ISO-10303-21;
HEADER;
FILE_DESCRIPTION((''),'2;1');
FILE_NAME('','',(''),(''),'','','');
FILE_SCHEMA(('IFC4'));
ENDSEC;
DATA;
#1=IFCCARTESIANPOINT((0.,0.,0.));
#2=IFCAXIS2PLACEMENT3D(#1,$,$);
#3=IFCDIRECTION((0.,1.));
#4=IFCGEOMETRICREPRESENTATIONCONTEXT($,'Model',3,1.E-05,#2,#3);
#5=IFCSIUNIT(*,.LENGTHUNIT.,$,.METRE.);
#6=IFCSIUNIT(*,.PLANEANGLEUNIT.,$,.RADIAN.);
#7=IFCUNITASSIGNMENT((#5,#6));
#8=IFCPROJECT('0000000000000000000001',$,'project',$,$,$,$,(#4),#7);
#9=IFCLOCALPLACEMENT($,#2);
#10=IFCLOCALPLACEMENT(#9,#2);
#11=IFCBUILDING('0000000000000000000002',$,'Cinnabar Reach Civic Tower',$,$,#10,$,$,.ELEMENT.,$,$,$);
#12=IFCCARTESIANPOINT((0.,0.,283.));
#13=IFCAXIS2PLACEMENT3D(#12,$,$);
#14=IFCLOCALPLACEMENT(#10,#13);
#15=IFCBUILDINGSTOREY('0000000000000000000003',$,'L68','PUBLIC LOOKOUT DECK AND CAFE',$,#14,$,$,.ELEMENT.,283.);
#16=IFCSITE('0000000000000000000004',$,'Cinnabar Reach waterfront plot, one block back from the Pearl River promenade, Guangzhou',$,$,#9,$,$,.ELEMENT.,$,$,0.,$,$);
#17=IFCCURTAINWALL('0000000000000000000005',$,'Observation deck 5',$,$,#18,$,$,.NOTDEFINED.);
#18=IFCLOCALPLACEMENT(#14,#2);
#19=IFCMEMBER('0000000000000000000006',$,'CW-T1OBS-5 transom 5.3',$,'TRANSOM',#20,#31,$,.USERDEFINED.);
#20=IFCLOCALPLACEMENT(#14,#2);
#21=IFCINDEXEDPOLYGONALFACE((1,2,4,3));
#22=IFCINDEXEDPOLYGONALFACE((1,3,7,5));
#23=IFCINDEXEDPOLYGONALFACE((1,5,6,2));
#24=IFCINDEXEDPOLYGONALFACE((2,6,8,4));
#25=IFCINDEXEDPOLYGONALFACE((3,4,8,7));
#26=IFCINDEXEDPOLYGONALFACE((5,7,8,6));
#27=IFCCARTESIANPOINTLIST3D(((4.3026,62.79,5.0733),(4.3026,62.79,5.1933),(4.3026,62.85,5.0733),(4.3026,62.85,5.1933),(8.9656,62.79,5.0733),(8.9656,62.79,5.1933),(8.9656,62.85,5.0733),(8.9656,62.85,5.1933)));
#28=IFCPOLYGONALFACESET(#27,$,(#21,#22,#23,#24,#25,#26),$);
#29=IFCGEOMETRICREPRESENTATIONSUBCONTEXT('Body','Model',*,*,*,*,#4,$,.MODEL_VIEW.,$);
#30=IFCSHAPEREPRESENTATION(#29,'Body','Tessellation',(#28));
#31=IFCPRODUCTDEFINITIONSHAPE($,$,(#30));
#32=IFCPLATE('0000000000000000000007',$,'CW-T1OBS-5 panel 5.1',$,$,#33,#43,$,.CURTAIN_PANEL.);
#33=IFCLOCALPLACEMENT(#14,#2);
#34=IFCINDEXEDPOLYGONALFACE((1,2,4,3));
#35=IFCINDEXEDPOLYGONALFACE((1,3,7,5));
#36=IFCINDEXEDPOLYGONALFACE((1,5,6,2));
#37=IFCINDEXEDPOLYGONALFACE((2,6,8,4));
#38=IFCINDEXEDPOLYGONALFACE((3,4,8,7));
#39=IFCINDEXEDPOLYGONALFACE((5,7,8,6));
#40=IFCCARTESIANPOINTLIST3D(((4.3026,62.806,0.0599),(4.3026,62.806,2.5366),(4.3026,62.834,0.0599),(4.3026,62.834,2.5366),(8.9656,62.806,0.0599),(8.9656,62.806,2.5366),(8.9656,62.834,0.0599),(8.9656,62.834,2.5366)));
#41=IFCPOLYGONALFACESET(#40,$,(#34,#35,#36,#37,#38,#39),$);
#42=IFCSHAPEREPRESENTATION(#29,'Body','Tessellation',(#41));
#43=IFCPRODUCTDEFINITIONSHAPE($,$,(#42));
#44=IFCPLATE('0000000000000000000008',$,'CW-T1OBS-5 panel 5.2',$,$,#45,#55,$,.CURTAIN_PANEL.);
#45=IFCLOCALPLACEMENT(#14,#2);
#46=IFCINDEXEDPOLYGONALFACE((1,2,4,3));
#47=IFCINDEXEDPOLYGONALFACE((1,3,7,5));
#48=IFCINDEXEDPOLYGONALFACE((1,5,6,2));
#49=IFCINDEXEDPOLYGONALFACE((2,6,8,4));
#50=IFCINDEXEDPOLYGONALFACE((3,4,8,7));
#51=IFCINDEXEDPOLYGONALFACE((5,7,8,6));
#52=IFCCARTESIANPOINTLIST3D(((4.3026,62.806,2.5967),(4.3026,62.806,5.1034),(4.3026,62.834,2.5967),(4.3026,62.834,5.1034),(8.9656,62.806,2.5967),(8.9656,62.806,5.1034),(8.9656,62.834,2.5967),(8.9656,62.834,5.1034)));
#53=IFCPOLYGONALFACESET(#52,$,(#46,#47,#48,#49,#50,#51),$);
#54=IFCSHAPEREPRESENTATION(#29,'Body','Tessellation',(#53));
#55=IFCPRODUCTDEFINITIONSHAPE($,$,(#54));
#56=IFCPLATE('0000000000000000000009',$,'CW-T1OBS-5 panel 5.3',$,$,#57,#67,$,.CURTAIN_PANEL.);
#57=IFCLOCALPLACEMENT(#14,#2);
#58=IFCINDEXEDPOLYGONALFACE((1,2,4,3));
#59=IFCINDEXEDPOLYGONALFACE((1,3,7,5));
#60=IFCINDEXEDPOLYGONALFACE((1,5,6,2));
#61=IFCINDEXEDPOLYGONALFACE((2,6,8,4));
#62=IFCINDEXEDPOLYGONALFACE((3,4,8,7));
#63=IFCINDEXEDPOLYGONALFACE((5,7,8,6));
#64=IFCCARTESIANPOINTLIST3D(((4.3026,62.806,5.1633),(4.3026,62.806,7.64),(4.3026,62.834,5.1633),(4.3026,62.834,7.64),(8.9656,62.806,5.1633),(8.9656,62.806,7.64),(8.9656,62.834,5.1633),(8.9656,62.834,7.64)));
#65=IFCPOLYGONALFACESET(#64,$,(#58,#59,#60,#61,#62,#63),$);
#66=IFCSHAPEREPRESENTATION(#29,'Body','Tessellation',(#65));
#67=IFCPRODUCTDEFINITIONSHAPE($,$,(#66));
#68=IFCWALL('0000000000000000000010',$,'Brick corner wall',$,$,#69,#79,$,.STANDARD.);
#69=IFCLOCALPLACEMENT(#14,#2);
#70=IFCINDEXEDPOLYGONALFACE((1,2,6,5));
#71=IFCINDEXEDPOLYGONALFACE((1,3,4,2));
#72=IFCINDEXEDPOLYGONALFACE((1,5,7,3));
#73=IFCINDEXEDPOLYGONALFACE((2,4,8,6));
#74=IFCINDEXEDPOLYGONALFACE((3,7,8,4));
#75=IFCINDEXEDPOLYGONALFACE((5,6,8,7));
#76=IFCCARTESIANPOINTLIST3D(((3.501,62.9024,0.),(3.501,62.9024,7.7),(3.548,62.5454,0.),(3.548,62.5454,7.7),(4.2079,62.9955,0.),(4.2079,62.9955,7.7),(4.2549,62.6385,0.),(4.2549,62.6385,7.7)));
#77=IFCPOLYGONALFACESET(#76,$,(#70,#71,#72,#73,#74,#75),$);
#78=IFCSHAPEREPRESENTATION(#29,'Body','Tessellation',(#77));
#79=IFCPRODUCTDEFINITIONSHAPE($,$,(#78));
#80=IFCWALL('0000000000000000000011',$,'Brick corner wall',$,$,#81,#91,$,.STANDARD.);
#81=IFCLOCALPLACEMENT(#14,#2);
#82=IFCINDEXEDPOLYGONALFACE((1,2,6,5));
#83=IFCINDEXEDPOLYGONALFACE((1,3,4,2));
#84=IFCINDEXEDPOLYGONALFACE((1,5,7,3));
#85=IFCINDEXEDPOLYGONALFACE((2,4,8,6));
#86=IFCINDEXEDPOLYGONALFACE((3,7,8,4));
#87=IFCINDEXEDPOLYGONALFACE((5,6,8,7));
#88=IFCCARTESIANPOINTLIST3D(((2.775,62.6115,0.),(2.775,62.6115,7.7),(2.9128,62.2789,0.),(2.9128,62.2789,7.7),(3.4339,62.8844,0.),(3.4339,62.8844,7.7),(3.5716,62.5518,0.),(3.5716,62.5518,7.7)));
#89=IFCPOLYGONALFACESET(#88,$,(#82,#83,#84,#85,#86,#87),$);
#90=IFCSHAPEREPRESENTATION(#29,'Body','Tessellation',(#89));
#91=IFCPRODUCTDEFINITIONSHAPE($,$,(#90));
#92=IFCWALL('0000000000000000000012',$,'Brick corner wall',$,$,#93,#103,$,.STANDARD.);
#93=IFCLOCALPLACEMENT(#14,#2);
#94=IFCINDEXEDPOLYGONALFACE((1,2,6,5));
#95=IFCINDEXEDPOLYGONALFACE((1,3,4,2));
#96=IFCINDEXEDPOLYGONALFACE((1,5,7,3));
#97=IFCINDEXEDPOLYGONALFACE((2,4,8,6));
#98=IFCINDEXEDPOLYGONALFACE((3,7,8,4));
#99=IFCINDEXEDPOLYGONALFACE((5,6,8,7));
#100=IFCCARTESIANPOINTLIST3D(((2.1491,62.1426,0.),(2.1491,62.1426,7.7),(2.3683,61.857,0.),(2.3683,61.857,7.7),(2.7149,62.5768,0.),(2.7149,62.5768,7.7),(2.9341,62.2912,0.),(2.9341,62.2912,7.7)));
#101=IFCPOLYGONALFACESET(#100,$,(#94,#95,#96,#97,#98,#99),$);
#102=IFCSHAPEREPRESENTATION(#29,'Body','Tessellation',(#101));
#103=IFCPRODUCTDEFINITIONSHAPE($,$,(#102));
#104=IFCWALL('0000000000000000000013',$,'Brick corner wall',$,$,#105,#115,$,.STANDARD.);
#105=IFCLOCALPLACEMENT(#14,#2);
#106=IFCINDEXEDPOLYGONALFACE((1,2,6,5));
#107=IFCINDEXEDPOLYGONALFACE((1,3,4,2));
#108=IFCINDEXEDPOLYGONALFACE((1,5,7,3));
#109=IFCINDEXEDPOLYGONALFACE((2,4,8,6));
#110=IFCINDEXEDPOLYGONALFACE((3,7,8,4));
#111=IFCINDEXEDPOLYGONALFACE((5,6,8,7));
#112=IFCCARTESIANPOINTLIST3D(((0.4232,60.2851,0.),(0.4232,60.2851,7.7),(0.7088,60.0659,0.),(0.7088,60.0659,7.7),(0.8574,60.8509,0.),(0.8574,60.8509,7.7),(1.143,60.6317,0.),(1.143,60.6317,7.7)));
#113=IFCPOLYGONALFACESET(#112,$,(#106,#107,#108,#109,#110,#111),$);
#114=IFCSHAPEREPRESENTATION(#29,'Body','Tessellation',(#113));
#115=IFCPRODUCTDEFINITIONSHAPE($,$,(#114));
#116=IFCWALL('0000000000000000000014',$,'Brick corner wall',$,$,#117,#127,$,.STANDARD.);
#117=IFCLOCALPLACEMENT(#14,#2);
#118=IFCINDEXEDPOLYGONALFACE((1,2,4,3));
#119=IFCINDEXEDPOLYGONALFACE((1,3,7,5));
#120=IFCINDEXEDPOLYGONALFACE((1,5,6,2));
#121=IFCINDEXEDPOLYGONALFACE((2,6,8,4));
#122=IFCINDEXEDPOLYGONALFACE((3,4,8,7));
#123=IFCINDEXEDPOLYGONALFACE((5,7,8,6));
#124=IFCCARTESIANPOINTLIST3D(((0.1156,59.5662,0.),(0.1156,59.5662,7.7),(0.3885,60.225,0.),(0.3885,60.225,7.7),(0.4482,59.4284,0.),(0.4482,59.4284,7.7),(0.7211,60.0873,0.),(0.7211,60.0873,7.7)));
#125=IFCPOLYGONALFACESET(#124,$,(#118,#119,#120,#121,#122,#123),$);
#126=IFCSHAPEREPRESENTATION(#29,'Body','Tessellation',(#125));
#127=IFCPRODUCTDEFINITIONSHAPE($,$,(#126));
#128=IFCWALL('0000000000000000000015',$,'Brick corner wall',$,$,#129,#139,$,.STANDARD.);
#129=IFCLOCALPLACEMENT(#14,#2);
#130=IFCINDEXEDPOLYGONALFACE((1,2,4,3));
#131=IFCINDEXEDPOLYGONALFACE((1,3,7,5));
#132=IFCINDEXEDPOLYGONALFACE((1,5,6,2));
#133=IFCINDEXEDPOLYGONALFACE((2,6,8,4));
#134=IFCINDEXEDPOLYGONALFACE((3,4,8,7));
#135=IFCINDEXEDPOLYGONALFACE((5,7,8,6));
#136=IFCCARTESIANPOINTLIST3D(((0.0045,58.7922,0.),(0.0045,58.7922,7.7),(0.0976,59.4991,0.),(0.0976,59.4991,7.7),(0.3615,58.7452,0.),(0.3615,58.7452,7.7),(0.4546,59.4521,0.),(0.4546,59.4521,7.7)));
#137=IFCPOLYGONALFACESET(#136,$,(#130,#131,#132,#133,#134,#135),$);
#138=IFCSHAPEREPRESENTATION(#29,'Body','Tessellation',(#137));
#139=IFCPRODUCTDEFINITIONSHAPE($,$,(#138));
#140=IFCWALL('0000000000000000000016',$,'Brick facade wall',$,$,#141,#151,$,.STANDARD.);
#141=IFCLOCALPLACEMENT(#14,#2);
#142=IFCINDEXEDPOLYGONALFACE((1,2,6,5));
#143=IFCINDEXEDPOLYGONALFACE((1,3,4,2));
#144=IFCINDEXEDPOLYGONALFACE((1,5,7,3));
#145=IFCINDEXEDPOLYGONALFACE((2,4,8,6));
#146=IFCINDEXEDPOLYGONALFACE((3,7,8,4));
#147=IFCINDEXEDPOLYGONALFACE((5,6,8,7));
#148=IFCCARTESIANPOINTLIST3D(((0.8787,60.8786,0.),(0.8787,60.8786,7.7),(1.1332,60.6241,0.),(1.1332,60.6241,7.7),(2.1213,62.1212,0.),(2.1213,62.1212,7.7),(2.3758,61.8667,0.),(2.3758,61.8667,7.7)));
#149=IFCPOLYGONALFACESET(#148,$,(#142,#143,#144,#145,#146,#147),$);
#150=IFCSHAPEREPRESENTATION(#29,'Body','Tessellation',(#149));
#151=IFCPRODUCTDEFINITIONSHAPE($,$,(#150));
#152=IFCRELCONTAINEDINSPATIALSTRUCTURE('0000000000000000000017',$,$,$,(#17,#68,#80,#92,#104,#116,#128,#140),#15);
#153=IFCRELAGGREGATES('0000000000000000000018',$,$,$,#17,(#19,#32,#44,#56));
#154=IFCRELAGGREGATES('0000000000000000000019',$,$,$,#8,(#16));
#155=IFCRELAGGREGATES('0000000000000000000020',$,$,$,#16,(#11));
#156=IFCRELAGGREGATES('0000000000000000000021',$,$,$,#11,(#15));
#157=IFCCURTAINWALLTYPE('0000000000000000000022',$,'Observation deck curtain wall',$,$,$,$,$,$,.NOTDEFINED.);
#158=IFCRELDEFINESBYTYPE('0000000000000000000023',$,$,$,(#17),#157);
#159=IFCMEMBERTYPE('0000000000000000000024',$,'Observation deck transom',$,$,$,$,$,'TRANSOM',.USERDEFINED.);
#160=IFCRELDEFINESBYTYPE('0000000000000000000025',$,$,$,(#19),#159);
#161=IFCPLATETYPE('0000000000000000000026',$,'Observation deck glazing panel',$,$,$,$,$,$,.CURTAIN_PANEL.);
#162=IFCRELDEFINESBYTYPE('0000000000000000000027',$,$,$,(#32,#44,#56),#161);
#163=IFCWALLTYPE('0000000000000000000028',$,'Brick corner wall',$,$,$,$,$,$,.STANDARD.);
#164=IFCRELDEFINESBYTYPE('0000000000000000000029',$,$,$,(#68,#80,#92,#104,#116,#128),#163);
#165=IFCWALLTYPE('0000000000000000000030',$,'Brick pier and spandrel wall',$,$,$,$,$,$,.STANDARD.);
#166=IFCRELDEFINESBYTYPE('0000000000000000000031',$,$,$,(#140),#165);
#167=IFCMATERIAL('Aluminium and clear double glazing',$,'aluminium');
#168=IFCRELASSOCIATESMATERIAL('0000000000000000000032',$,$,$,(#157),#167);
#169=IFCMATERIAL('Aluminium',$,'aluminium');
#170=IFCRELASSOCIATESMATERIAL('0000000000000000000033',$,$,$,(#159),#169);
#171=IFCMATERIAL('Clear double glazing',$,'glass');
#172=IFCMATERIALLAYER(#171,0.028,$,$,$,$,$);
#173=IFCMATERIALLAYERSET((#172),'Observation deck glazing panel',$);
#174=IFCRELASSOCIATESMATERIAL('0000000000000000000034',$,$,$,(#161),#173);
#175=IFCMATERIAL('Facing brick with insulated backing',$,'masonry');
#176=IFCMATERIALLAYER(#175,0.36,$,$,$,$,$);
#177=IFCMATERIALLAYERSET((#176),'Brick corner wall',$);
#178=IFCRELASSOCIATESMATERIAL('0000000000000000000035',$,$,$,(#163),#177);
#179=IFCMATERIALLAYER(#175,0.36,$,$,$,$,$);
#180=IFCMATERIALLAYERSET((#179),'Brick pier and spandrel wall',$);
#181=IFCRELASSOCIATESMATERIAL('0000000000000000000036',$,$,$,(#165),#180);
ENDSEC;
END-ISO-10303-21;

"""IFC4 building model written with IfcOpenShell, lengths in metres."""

from ifc_helpers import new_model, si_unit, direction, frame, frame_2d, origin, origin_2d, place, context, subcontext, project, spatial, rectangle, extrude, material, layer, layer_set, material_profile, profile_set, type_object, element, aggregate, save


model = new_model("IFC4")

# Units and contexts
model_context = context("Model", 3, precision=1e-05, world=origin(), true_north=direction((0.0, 1.0)))
body_context = subcontext(model_context, "Body", "Model", "MODEL_VIEW")
ifc_project = project(units=[si_unit("LENGTHUNIT", "METRE"), si_unit("PLANEANGLEUNIT", "RADIAN")], contexts=[model_context])

# Site, building, storey
site_placement = place(None, origin())
site = spatial("IfcSite", under=ifc_project, at=site_placement, Name="Cinnabar Reach waterfront plot, one block back from the Pearl River promenade, Guangzhou", CompositionType="ELEMENT", RefElevation=0.0)
building_placement = place(site_placement, origin())
building = spatial("IfcBuilding", under=site, at=building_placement, Name="Cinnabar Reach Civic Tower", CompositionType="ELEMENT")
storey_placement = place(building_placement, frame((0.0, 0.0, 283.0)))
storey = spatial("IfcBuildingStorey", under=building, at=storey_placement, Name="L68", Description="PUBLIC LOOKOUT DECK AND CAFE", CompositionType="ELEMENT", Elevation=283.0)

# Curtain wall, member, plates
ifc_material_1 = material(Name="Aluminium and clear double glazing", Category="aluminium")
curtain_wall_type = type_object("IfcCurtainWallType", Name="Observation deck curtain wall", PredefinedType="NOTDEFINED", material=ifc_material_1)
curtain_wall_placement = place(storey_placement, origin())
curtain_wall = element("IfcCurtainWall", 1, at=curtain_wall_placement, inside=storey, type_object=curtain_wall_type, Name="Observation deck 5", PredefinedType="NOTDEFINED")
ifc_material_2 = material(Name="Aluminium", Category="aluminium")
ifc_material_profile_1 = material_profile(ifc_material_2, rectangle(XDim=0.06, YDim=0.12, at=origin_2d()), Name="Observation deck transom")
ifc_profile_set_1 = profile_set([ifc_material_profile_1], Name="Aluminium")
member_type_1 = type_object("IfcMemberType", Name="Observation deck transom", ElementType="TRANSOM", PredefinedType="USERDEFINED", material=ifc_profile_set_1)
member_1_placement = place(storey_placement, frame((8.9656, 62.82, 5.1333), z_axis=(-1.0, 0.0, 0.0), x_axis=(0.0, -1.0, 0.0)))
member_1 = element("IfcMember", 2, at=member_1_placement, type_object=member_type_1, Name="CW-T1OBS-5 transom 5.3", ObjectType="TRANSOM", PredefinedType="USERDEFINED", context=body_context, shape_type="SweptSolid", body=[
    extrude(rectangle(XDim=0.06, YDim=0.12, at=origin_2d()), origin(), (0.0, 0.0, 1.0), 4.663),
])
ifc_material_3 = material(Name="Clear double glazing", Category="glass")
ifc_layer_1 = layer(ifc_material_3, 0.028)
ifc_layer_set_1 = layer_set([ifc_layer_1], Name="Observation deck glazing panel")
plate_type = type_object("IfcPlateType", Name="Observation deck glazing panel", PredefinedType="CURTAIN_PANEL", material=ifc_layer_set_1)
plate_1_placement = place(storey_placement, frame((6.6341, 62.82, 0.0599), z_axis=(0.0, 0.0, 1.0), x_axis=(-1.0, 0.0, 0.0)))
plate_1 = element("IfcPlate", 3, at=plate_1_placement, type_object=plate_type, Name="CW-T1OBS-5 panel 5.1", PredefinedType="CURTAIN_PANEL", context=body_context, shape_type="SweptSolid", body=[
    extrude(rectangle(XDim=4.663, YDim=0.028, at=origin_2d()), origin(), (0.0, 0.0, 1.0), 2.4767),
])
plate_2_placement = place(storey_placement, frame((6.6341, 62.82, 2.5967), z_axis=(0.0, 0.0, 1.0), x_axis=(-1.0, 0.0, 0.0)))
plate_2 = element("IfcPlate", 4, at=plate_2_placement, type_object=plate_type, Name="CW-T1OBS-5 panel 5.2", PredefinedType="CURTAIN_PANEL", context=body_context, shape_type="SweptSolid", body=[
    extrude(rectangle(XDim=4.663, YDim=0.028, at=origin_2d()), origin(), (0.0, 0.0, 1.0), 2.5067),
])
plate_3_placement = place(storey_placement, frame((6.6341, 62.82, 5.1633), z_axis=(0.0, 0.0, 1.0), x_axis=(-1.0, 0.0, 0.0)))
plate_3 = element("IfcPlate", 5, at=plate_3_placement, type_object=plate_type, Name="CW-T1OBS-5 panel 5.3", PredefinedType="CURTAIN_PANEL", context=body_context, shape_type="SweptSolid", body=[
    extrude(rectangle(XDim=4.663, YDim=0.028, at=origin_2d()), origin(), (0.0, 0.0, 1.0), 2.4767),
])
aggregate(curtain_wall, [member_1, plate_1, plate_2, plate_3])

# Walls
ifc_material_4 = material(Name="Facing brick with insulated backing", Category="masonry")
ifc_layer_2 = layer(ifc_material_4, 0.36)
ifc_layer_set_2 = layer_set([ifc_layer_2], Name="Brick corner wall")
wall_type_1 = type_object("IfcWallType", Name="Brick corner wall", PredefinedType="STANDARD", material=ifc_layer_set_2)
for number, where, z_axis, x_axis, name in (
    (6, (4.2314, 62.817, 0.0), (0.0, 0.0, 1.0), (-0.991441, -0.130556, 0.0), "Brick corner wall"),
    (7, (3.5027, 62.7181, 0.0), (0.0, 0.0, 1.0), (-0.923872, -0.382703, 0.0), "Brick corner wall"),
):
    element("IfcWall", number, at=place(storey_placement, frame(where, z_axis=z_axis, x_axis=x_axis)), inside=storey, type_object=wall_type_1, Name=name, PredefinedType="STANDARD", context=body_context, shape_type="SweptSolid", body=[
        extrude(rectangle(XDim=0.7131, YDim=0.36, at=frame_2d((0.3565, 0.0))), origin(), (0.0, 0.0, 1.0), 7.7),
    ])
for number, where, z_axis, x_axis, name in (
    (8, (2.8245, 62.434, 0.0), (0.0, 0.0, 1.0), (-0.793322, -0.608802, 0.0), "Brick corner wall"),
    (9, (1.0002, 60.7413, 0.0), (0.0, 0.0, 1.0), (-0.608802, -0.793322, 0.0), "Brick corner wall"),
):
    element("IfcWall", number, at=place(storey_placement, frame(where, z_axis=z_axis, x_axis=x_axis)), inside=storey, type_object=wall_type_1, Name=name, PredefinedType="STANDARD", context=body_context, shape_type="SweptSolid", body=[
        extrude(rectangle(XDim=0.7132, YDim=0.36, at=frame_2d((0.3566, 0.0))), origin(), (0.0, 0.0, 1.0), 7.7),
    ])
for number, where, z_axis, x_axis, name in (
    (10, (0.5548, 60.1561, 0.0), (0.0, 0.0, 1.0), (-0.382703, -0.923872, 0.0), "Brick corner wall"),
    (11, (0.2761, 59.4756, 0.0), (0.0, 0.0, 1.0), (-0.130556, -0.991441, 0.0), "Brick corner wall"),
):
    element("IfcWall", number, at=place(storey_placement, frame(where, z_axis=z_axis, x_axis=x_axis)), inside=storey, type_object=wall_type_1, Name=name, PredefinedType="STANDARD", context=body_context, shape_type="SweptSolid", body=[
        extrude(rectangle(XDim=0.7131, YDim=0.36, at=frame_2d((0.3565, 0.0))), origin(), (0.0, 0.0, 1.0), 7.7),
    ])
ifc_layer_3 = layer(ifc_material_4, 0.36)
ifc_layer_set_3 = layer_set([ifc_layer_3], Name="Brick pier and spandrel wall")
wall_type_2 = type_object("IfcWallType", Name="Brick pier and spandrel wall", PredefinedType="STANDARD", material=ifc_layer_set_3)
wall_1_placement = place(storey_placement, frame((2.2486, 61.994, 0.0), z_axis=(0.0, 0.0, 1.0), x_axis=(-0.707107, -0.707107, 0.0)))
element("IfcWall", 12, at=wall_1_placement, inside=storey, type_object=wall_type_2, Name="Brick facade wall", PredefinedType="STANDARD", context=body_context, shape_type="SweptSolid", body=[
    extrude(rectangle(XDim=1.7573, YDim=0.36, at=frame_2d((0.8787, 0.0))), origin(), (0.0, 0.0, 1.0), 7.7),
])

save(model, "model.ifc")
